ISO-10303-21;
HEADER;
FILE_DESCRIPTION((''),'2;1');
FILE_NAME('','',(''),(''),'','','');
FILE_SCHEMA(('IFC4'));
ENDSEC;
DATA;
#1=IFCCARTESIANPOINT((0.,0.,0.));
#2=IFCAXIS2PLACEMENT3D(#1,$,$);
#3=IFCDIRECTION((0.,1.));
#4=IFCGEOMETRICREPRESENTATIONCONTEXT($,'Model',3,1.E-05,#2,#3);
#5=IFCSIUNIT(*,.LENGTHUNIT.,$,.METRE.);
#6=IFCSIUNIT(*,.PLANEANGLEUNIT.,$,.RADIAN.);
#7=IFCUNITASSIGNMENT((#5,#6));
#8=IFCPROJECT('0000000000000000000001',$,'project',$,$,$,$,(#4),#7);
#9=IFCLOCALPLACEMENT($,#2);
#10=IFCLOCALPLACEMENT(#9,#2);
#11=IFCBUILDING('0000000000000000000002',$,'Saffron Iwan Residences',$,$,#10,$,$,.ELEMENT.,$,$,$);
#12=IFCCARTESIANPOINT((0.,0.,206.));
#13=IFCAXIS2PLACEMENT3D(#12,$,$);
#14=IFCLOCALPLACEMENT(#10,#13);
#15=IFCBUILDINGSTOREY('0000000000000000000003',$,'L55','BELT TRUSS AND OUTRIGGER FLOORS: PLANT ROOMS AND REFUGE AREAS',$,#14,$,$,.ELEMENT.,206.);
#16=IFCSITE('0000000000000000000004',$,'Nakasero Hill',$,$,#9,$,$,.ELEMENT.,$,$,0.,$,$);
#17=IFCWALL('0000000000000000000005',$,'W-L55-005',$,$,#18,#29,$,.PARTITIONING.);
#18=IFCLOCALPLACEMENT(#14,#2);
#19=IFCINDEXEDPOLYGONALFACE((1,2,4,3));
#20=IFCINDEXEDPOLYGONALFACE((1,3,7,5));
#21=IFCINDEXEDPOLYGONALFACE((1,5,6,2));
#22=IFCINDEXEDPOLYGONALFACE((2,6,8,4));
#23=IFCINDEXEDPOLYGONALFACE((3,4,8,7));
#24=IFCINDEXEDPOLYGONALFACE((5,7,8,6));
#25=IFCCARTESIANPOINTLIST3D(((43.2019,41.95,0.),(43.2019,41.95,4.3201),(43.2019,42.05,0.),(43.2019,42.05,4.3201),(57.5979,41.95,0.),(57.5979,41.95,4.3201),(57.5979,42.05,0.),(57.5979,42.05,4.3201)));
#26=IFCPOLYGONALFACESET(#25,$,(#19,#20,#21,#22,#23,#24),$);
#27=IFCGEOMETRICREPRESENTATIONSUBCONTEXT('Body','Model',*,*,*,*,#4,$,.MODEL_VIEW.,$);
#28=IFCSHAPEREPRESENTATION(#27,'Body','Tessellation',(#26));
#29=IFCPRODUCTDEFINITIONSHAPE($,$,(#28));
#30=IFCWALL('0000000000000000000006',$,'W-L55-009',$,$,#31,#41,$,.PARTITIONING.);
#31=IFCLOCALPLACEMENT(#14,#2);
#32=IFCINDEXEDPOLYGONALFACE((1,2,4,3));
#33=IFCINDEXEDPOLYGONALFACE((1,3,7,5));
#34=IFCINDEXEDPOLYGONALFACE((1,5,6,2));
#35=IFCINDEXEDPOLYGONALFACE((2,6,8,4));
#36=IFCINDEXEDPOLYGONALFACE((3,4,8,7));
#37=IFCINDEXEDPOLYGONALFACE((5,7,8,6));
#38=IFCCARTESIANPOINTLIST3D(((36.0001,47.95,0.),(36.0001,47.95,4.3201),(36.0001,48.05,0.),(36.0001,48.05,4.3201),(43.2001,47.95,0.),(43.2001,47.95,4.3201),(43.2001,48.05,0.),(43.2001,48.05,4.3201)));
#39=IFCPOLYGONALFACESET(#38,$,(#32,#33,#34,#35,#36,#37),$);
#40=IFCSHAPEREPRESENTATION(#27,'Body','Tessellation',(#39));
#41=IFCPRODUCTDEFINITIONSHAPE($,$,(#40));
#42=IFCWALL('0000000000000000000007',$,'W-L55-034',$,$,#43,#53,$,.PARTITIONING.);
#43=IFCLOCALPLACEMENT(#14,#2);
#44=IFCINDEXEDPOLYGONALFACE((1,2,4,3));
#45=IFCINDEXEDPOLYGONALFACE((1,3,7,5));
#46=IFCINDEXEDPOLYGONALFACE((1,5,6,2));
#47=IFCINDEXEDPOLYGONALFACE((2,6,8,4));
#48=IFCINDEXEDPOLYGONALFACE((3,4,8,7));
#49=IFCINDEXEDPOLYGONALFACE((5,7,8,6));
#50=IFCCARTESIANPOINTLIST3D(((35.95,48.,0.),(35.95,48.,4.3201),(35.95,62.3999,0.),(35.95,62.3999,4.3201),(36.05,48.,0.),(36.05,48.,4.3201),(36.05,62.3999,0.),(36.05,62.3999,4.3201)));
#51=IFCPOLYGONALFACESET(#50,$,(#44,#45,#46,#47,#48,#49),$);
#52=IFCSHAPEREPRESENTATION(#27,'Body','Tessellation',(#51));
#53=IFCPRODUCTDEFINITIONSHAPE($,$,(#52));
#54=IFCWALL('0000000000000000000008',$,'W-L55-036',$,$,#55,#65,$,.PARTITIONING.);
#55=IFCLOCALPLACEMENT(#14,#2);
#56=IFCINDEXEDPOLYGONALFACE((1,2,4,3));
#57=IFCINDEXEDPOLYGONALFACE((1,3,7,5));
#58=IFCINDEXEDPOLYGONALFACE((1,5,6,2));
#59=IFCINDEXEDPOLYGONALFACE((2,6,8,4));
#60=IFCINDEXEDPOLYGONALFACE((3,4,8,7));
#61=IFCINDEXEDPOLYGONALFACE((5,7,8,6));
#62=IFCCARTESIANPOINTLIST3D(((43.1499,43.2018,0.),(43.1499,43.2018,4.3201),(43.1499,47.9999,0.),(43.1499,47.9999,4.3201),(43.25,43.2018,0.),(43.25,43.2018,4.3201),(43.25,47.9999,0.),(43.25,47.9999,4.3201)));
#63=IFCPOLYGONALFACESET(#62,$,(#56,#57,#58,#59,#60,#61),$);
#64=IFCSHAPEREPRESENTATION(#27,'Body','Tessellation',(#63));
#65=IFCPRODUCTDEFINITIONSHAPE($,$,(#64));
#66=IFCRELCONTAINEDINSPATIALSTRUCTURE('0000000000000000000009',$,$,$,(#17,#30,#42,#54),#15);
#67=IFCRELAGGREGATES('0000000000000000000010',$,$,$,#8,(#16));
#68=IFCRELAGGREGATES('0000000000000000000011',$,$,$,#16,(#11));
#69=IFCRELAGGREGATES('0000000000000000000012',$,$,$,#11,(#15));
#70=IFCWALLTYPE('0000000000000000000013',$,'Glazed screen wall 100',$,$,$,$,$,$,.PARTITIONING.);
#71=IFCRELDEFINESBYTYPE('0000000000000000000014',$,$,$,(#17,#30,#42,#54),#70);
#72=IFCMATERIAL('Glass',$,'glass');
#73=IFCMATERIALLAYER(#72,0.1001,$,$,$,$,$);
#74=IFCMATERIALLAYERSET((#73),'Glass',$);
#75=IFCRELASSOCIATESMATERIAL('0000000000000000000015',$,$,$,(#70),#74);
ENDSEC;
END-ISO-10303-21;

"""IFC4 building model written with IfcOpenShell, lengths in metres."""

from ifc_helpers import new_model, si_unit, direction, frame, frame_2d, origin, place, context, subcontext, project, spatial, rectangle, extrude, material, layer, layer_set, type_object, element, save


model = new_model("IFC4")

# Units and contexts
model_context = context("Model", 3, precision=1e-05, world=origin(), true_north=direction((0.0, 1.0)))
body_context = subcontext(model_context, "Body", "Model", "MODEL_VIEW")
ifc_project = project(units=[si_unit("LENGTHUNIT", "METRE"), si_unit("PLANEANGLEUNIT", "RADIAN")], contexts=[model_context])

# Site, building, storey
site_placement = place(None, origin())
site = spatial("IfcSite", under=ifc_project, at=site_placement, Name="Nakasero Hill", CompositionType="ELEMENT", RefElevation=0.0)
building_placement = place(site_placement, origin())
building = spatial("IfcBuilding", under=site, at=building_placement, Name="Saffron Iwan Residences", CompositionType="ELEMENT")
storey_placement = place(building_placement, frame((0.0, 0.0, 206.0)))
storey = spatial("IfcBuildingStorey", under=building, at=storey_placement, Name="L55", Description="BELT TRUSS AND OUTRIGGER FLOORS: PLANT ROOMS AND REFUGE AREAS", CompositionType="ELEMENT", Elevation=206.0)

# Walls
ifc_material_1 = material(Name="Glass", Category="glass")
ifc_layer_1 = layer(ifc_material_1, 0.1001)
ifc_layer_set_1 = layer_set([ifc_layer_1], Name="Glass")
wall_type_1 = type_object("IfcWallType", Name="Glazed screen wall 100", PredefinedType="PARTITIONING", material=ifc_layer_set_1)
wall_1_placement = place(storey_placement, frame((43.2019, 42.0, 0.0), z_axis=(0.0, 0.0, 1.0), x_axis=(1.0, 0.0, 0.0)))
element("IfcWall", 1, at=wall_1_placement, inside=storey, type_object=wall_type_1, Name="W-L55-005", PredefinedType="PARTITIONING", context=body_context, shape_type="SweptSolid", body=[
    extrude(rectangle(XDim=14.396, YDim=0.1001, at=frame_2d((7.198, 0.0))), origin(), (0.0, 0.0, 1.0), 4.3201),
])
wall_2_placement = place(storey_placement, frame((36.0, 48.0, 0.0), z_axis=(0.0, 0.0, 1.0), x_axis=(1.0, 0.0, 0.0)))
element("IfcWall", 2, at=wall_2_placement, inside=storey, type_object=wall_type_1, Name="W-L55-009", PredefinedType="PARTITIONING", context=body_context, shape_type="SweptSolid", body=[
    extrude(rectangle(XDim=7.2, YDim=0.1001, at=frame_2d((3.6001, 0.0))), origin(), (0.0, 0.0, 1.0), 4.3201),
])
wall_3_placement = place(storey_placement, frame((36.0, 48.0, 0.0), z_axis=(0.0, 0.0, 1.0), x_axis=(0.0, 1.0, 0.0)))
element("IfcWall", 3, at=wall_3_placement, inside=storey, type_object=wall_type_1, Name="W-L55-034", PredefinedType="PARTITIONING", context=body_context, shape_type="SweptSolid", body=[
    extrude(rectangle(XDim=14.3999, YDim=0.1001, at=frame_2d((7.2, 0.0))), origin(), (0.0, 0.0, 1.0), 4.3201),
])
wall_4_placement = place(storey_placement, frame((43.2, 43.2019, 0.0), z_axis=(0.0, 0.0, 1.0), x_axis=(0.0, 1.0, 0.0)))
element("IfcWall", 4, at=wall_4_placement, inside=storey, type_object=wall_type_1, Name="W-L55-036", PredefinedType="PARTITIONING", context=body_context, shape_type="SweptSolid", body=[
    extrude(rectangle(XDim=4.7981, YDim=0.1001, at=frame_2d((2.3989, 0.0))), origin(), (0.0, 0.0, 1.0), 4.3201),
])

save(model, "model.ifc")
